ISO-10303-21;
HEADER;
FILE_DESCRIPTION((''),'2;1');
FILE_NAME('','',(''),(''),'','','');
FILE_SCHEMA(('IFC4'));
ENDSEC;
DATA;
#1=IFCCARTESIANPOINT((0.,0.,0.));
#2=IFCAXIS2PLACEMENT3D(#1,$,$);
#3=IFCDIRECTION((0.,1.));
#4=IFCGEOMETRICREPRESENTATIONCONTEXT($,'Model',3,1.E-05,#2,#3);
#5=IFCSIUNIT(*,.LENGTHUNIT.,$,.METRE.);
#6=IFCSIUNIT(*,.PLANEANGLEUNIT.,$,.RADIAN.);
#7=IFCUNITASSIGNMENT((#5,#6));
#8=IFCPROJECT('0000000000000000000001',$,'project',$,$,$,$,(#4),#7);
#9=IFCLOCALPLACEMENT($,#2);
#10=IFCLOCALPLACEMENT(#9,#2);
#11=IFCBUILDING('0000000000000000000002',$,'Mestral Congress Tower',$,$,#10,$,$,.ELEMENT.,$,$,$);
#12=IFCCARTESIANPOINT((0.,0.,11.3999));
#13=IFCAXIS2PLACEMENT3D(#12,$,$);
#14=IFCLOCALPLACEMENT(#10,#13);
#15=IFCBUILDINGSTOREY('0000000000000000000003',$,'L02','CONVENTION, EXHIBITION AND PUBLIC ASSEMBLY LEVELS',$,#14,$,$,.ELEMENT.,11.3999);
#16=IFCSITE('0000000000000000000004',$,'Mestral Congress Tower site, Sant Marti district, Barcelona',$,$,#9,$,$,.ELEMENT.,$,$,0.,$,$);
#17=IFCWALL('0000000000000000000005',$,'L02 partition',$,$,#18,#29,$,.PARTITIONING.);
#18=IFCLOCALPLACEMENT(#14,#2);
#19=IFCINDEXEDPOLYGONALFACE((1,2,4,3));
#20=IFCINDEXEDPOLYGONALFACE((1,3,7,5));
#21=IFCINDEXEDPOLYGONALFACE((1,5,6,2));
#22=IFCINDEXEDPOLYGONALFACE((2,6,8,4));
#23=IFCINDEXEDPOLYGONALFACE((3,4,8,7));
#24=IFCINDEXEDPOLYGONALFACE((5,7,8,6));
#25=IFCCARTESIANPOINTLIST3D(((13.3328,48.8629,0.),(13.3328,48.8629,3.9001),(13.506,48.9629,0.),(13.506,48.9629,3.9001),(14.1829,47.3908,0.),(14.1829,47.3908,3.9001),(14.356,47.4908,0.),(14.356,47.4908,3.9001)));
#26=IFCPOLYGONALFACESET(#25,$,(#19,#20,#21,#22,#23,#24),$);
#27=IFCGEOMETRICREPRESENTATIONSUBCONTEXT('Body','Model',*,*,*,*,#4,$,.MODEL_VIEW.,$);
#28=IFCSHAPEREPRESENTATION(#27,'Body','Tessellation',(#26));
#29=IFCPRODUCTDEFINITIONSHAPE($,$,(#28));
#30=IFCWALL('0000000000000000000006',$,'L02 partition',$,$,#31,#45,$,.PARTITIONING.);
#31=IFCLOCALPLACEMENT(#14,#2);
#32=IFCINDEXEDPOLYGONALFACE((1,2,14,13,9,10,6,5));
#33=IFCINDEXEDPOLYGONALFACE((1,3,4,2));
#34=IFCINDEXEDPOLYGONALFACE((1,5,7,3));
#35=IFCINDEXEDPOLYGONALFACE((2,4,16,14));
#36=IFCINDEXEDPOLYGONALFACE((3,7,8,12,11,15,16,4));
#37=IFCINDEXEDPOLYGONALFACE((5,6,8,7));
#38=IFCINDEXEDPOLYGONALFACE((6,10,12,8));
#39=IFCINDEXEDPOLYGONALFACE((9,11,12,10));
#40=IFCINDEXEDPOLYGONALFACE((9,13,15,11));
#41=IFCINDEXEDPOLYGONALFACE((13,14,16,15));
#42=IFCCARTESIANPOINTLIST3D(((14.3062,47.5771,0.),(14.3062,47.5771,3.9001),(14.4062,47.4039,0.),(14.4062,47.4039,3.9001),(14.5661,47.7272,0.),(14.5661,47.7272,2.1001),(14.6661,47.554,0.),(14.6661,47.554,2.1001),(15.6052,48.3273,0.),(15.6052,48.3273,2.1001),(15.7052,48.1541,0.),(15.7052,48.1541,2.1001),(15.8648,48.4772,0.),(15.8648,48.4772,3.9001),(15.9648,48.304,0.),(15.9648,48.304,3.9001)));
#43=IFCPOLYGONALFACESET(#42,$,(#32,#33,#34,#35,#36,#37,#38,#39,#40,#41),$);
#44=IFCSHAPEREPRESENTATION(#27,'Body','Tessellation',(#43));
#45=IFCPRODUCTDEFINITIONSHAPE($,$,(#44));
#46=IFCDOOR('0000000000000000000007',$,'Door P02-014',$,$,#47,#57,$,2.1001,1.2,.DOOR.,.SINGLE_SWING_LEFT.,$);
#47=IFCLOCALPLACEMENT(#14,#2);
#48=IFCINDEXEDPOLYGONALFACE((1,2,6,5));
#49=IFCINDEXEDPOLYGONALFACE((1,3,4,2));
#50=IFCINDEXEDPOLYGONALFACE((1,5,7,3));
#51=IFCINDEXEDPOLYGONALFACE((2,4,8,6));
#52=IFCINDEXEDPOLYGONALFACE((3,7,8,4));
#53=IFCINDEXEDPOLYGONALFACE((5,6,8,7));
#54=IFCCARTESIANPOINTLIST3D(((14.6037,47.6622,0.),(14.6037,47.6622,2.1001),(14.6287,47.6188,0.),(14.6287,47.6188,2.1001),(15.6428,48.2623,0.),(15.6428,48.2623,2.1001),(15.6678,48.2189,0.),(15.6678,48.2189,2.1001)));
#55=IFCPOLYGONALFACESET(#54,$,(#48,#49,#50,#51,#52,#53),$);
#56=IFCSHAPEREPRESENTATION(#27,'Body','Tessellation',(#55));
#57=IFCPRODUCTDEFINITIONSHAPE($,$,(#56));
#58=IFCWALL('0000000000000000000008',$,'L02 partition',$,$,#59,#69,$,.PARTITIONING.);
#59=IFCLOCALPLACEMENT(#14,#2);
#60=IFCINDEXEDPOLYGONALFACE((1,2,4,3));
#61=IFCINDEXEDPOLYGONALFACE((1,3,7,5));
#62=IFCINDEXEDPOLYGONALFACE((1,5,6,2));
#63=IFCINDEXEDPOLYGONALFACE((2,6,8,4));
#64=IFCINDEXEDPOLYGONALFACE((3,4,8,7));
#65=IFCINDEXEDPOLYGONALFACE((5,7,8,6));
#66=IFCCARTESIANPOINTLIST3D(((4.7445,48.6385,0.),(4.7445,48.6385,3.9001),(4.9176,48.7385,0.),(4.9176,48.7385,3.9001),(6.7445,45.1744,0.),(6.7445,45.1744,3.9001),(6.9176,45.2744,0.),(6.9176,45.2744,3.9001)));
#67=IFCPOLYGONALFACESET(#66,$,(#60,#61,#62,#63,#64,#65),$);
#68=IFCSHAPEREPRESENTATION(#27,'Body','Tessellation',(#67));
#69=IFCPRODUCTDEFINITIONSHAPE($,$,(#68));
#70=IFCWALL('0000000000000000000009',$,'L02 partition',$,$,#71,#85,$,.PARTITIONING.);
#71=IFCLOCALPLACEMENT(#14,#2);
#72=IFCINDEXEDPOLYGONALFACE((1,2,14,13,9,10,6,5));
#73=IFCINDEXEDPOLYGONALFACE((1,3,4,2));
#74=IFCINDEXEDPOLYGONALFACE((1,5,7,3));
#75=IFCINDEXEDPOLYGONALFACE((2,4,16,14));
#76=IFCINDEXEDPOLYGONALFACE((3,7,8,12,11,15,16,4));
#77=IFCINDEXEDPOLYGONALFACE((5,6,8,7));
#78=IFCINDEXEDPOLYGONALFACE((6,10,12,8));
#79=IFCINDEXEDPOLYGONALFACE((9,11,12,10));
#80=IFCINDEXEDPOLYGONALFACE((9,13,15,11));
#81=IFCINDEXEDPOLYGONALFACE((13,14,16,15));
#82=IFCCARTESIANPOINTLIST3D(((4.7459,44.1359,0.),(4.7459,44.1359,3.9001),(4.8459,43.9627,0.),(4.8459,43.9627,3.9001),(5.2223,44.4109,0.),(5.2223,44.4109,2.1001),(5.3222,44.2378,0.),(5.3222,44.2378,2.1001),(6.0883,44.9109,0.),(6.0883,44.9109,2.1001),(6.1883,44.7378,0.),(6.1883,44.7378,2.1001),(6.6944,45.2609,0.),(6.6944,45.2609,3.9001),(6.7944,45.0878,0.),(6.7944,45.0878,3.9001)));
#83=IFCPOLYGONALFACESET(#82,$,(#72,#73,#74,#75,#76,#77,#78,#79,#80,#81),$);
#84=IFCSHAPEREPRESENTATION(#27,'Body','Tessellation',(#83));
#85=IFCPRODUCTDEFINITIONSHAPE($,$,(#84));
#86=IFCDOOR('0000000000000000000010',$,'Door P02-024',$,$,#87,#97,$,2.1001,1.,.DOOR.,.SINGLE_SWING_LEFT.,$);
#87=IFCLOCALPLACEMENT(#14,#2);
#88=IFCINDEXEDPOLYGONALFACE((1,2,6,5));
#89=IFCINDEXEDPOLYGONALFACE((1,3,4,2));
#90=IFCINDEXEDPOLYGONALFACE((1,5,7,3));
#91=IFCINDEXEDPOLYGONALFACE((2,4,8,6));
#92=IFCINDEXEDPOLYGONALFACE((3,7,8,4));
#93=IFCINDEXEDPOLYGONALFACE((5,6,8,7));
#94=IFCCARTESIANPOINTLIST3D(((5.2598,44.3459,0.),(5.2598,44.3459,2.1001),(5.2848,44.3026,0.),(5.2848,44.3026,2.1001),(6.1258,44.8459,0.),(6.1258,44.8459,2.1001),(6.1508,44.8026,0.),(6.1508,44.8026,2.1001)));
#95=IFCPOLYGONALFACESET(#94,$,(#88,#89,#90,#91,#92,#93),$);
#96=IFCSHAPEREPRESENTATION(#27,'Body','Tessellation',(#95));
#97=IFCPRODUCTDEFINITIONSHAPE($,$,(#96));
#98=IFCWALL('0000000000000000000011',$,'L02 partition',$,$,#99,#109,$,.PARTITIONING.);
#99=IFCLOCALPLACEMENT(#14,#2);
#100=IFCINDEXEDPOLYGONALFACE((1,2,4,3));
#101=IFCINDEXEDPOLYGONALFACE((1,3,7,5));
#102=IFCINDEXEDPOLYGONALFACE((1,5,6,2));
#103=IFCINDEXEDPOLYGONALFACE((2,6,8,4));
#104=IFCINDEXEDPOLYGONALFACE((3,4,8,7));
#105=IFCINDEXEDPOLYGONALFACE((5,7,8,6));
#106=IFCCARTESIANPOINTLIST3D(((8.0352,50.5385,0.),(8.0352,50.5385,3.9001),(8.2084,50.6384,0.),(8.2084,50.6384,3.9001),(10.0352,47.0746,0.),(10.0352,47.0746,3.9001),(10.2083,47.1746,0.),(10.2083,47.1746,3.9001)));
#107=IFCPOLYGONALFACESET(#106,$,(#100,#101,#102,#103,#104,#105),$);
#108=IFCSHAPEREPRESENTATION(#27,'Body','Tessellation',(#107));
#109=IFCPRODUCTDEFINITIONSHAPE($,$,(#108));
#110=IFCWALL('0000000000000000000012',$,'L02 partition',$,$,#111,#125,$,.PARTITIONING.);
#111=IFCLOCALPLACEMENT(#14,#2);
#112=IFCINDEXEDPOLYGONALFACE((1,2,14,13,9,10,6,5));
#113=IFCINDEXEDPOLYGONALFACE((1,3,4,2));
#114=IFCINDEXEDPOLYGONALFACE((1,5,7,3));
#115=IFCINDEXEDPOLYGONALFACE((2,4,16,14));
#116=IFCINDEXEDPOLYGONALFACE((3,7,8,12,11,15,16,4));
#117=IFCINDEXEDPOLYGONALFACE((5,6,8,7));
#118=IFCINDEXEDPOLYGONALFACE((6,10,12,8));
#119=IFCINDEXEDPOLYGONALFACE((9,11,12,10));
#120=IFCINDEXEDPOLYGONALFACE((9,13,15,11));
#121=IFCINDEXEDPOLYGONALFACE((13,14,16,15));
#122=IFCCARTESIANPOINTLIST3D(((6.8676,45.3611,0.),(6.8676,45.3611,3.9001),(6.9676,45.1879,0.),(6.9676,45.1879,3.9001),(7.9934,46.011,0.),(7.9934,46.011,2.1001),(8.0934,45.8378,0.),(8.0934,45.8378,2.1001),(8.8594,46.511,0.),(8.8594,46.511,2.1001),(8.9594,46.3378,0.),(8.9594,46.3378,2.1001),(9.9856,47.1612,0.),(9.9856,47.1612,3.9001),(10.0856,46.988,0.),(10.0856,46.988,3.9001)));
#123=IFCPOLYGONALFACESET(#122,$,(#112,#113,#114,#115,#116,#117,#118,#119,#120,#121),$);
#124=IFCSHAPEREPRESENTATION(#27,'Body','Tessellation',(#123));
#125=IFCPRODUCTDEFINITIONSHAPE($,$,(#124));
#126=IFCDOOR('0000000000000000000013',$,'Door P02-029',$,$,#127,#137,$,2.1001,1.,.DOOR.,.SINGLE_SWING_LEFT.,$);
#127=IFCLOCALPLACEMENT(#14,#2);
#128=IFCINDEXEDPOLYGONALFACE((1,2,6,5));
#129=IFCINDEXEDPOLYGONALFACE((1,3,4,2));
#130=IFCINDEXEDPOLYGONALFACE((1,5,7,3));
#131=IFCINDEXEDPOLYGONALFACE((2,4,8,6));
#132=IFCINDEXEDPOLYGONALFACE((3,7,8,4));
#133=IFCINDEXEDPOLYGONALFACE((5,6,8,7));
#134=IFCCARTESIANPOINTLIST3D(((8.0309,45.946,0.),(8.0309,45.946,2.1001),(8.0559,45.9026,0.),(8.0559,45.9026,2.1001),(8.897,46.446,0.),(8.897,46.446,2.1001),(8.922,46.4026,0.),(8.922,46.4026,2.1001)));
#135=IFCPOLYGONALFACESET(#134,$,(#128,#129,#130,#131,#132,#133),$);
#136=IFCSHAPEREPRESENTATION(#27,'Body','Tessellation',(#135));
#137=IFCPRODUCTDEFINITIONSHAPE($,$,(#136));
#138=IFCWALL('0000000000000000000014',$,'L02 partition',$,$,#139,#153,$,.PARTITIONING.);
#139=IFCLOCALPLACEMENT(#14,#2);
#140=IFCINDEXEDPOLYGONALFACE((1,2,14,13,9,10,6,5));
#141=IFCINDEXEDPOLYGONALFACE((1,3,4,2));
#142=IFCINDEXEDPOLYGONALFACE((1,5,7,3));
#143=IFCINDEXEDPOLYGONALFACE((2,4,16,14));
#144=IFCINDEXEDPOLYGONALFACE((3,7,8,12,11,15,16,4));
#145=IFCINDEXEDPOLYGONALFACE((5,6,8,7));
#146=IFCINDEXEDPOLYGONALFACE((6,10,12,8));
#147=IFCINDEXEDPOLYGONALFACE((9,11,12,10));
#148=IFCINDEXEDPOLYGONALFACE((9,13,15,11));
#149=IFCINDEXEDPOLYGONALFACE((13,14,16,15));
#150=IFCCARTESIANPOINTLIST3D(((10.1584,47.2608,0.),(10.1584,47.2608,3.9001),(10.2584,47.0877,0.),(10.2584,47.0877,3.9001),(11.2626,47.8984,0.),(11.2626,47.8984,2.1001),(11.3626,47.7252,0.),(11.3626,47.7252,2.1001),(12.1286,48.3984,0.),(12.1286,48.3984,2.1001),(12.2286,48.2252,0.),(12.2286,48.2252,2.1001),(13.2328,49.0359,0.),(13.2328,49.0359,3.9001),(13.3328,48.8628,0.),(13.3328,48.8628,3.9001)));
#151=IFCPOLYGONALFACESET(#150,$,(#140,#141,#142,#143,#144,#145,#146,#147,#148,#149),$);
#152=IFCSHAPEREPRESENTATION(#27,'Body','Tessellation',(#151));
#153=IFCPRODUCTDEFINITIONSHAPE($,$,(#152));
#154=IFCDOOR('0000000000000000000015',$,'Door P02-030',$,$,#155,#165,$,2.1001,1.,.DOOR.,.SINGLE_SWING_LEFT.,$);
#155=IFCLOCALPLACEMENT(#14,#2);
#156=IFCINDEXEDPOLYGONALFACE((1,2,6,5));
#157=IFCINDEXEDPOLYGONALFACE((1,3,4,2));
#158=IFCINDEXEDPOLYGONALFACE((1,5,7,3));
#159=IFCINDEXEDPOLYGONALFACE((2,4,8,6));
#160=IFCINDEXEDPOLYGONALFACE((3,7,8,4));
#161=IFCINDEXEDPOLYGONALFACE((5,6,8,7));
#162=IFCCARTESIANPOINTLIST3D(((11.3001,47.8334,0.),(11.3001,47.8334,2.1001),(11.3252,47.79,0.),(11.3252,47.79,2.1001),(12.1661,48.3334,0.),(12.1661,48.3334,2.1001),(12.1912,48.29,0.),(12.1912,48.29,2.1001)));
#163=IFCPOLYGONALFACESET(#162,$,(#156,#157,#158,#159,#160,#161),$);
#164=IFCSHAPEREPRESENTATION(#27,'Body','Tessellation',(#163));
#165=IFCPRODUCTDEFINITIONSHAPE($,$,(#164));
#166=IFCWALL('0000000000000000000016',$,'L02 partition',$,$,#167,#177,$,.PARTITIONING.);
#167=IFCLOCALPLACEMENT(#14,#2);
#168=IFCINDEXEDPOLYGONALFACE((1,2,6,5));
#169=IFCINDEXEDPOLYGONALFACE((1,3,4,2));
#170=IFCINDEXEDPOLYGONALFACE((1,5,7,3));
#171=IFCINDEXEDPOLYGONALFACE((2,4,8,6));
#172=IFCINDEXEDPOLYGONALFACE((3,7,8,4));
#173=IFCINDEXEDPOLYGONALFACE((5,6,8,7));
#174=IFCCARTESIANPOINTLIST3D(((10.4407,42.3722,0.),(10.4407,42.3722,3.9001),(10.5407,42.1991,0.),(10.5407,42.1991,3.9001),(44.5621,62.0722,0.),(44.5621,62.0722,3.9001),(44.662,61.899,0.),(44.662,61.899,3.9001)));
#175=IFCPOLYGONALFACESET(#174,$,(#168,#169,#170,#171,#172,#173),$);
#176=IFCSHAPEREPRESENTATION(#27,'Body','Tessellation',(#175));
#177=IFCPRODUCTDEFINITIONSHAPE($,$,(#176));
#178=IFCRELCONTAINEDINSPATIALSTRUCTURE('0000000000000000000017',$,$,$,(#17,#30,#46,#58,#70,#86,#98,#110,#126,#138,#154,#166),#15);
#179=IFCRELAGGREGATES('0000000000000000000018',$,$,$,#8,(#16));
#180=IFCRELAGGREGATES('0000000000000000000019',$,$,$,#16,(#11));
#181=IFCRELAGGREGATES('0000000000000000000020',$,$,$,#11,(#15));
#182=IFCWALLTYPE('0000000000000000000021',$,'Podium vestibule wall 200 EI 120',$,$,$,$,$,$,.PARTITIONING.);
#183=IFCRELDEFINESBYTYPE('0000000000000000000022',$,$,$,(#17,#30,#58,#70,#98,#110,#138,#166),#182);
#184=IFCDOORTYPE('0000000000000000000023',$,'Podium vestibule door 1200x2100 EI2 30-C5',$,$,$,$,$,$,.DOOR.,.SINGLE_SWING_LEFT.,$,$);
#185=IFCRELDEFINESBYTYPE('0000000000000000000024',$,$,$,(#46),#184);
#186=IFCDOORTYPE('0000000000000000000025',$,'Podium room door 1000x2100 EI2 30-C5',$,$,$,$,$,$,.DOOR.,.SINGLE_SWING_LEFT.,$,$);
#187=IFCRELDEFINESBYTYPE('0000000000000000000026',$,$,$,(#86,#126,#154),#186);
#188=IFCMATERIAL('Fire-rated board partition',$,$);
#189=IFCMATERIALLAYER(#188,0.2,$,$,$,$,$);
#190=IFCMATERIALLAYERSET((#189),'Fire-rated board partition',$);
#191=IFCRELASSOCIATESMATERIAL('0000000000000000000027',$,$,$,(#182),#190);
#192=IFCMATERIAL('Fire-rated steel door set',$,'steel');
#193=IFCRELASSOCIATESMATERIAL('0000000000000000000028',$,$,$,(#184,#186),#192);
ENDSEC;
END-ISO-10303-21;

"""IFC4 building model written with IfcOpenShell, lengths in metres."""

from ifc_helpers import new_model, si_unit, direction, frame, frame_2d, origin, place, context, subcontext, project, spatial, rectangle, extrude, material, layer, layer_set, type_object, element, fill, save


model = new_model("IFC4")

# Units and contexts
model_context = context("Model", 3, precision=1e-05, world=origin(), true_north=direction((0.0, 1.0)))
body_context = subcontext(model_context, "Body", "Model", "MODEL_VIEW")
ifc_project = project(units=[si_unit("LENGTHUNIT", "METRE"), si_unit("PLANEANGLEUNIT", "RADIAN")], contexts=[model_context])

# Site, building, storey
site_placement = place(None, origin())
site = spatial("IfcSite", under=ifc_project, at=site_placement, Name="Mestral Congress Tower site, Sant Marti district, Barcelona", CompositionType="ELEMENT", RefElevation=0.0)
building_placement = place(site_placement, origin())
building = spatial("IfcBuilding", under=site, at=building_placement, Name="Mestral Congress Tower", CompositionType="ELEMENT")
storey_placement = place(building_placement, frame((0.0, 0.0, 11.3999)))
storey = spatial("IfcBuildingStorey", under=building, at=storey_placement, Name="L02", Description="CONVENTION, EXHIBITION AND PUBLIC ASSEMBLY LEVELS", CompositionType="ELEMENT", Elevation=11.3999)

# Shared definitions
ifc_material_1 = material(Name="Fire-rated steel door set", Category="steel")

# Wall
ifc_material_2 = material(Name="Fire-rated board partition")
ifc_layer_1 = layer(ifc_material_2, 0.2)
ifc_layer_set_1 = layer_set([ifc_layer_1], Name="Fire-rated board partition")
wall_type_1 = type_object("IfcWallType", Name="Podium vestibule wall 200 EI 120", PredefinedType="PARTITIONING", material=ifc_layer_set_1)
wall_1_placement = place(storey_placement, frame((14.2695, 47.4407, 0.0), z_axis=(0.0, 0.0, 1.0), x_axis=(-0.500062, 0.865989, 0.0)))
element("IfcWall", 1, at=wall_1_placement, inside=storey, type_object=wall_type_1, Name="L02 partition", PredefinedType="PARTITIONING", context=body_context, shape_type="SweptSolid", body=[
    extrude(rectangle(XDim=1.7, YDim=0.2, at=frame_2d((0.8501, 0.0))), origin(), (0.0, 0.0, 1.0), 3.9001),
])

# Wall, opening, door
wall_2_placement = place(storey_placement, frame((14.3562, 47.4905, 0.0), z_axis=(0.0, 0.0, 1.0), x_axis=(0.865955, 0.500122, 0.0)))
wall_2 = element("IfcWall", 2, at=wall_2_placement, inside=storey, type_object=wall_type_1, Name="L02 partition", PredefinedType="PARTITIONING", context=body_context, shape_type="SweptSolid", body=[
    extrude(rectangle(XDim=1.7998, YDim=0.2, at=frame_2d((0.8999, 0.0))), origin(), (0.0, 0.0, 1.0), 3.9001),
])
opening_1_placement = place(wall_2_placement, frame((0.3, 0.0, 0.0)))
opening_1 = element("IfcOpeningElement", 3, at=opening_1_placement, cuts=wall_2, PredefinedType="OPENING", context=body_context, shape_type="SweptSolid", body=[
    extrude(rectangle(XDim=1.2, YDim=2.1001, at=frame_2d((0.6001, 1.05))), frame((0.0, 0.1099, 0.0), z_axis=(0.0, -1.0, 0.0), x_axis=(1.0, 0.0, 0.0)), (0.0, 0.0, 1.0), 0.22),
])
door_type_1 = type_object("IfcDoorType", Name="Podium vestibule door 1200x2100 EI2 30-C5", OperationType="SINGLE_SWING_LEFT", PredefinedType="DOOR", material=ifc_material_1)
door_1_placement = place(opening_1_placement, origin())
door_1 = element("IfcDoor", 4, at=door_1_placement, inside=storey, type_object=door_type_1, Name="Door P02-014", OperationType="SINGLE_SWING_LEFT", OverallHeight=2.1001, OverallWidth=1.2, PredefinedType="DOOR", context=body_context, shape_type="SweptSolid", body=[
    extrude(rectangle(XDim=1.2, YDim=2.1001, at=frame_2d((0.6001, 1.05))), frame((0.0, 0.0249, 0.0), z_axis=(0.0, -1.0, 0.0), x_axis=(1.0, 0.0, 0.0)), (0.0, 0.0, 1.0), 0.05),
])
fill(opening_1, door_1)

# Wall
wall_3_placement = place(storey_placement, frame((6.8311, 45.2244, 0.0), z_axis=(0.0, 0.0, 1.0), x_axis=(-0.499999, 0.866026, 0.0)))
element("IfcWall", 5, at=wall_3_placement, inside=storey, type_object=wall_type_1, Name="L02 partition", PredefinedType="PARTITIONING", context=body_context, shape_type="SweptSolid", body=[
    extrude(rectangle(XDim=4.0, YDim=0.2, at=frame_2d((2.0, 0.0))), origin(), (0.0, 0.0, 1.0), 3.9001),
])

# Wall, opening, door
wall_4_placement = place(storey_placement, frame((4.7959, 44.0493, 0.0), z_axis=(0.0, 0.0, 1.0), x_axis=(0.866018, 0.500014, 0.0)))
wall_4 = element("IfcWall", 6, at=wall_4_placement, inside=storey, type_object=wall_type_1, Name="L02 partition", PredefinedType="PARTITIONING", context=body_context, shape_type="SweptSolid", body=[
    extrude(rectangle(XDim=2.25, YDim=0.2, at=frame_2d((1.125, 0.0))), origin(), (0.0, 0.0, 1.0), 3.9001),
])
opening_2_placement = place(wall_4_placement, frame((0.55, 0.0, 0.0)))
opening_2 = element("IfcOpeningElement", 7, at=opening_2_placement, cuts=wall_4, PredefinedType="OPENING", context=body_context, shape_type="SweptSolid", body=[
    extrude(rectangle(XDim=1.0, YDim=2.1001, at=frame_2d((0.5, 1.05))), frame((0.0, 0.1099, 0.0), z_axis=(0.0, -1.0, 0.0), x_axis=(1.0, 0.0, 0.0)), (0.0, 0.0, 1.0), 0.22),
])
door_type_2 = type_object("IfcDoorType", Name="Podium room door 1000x2100 EI2 30-C5", OperationType="SINGLE_SWING_LEFT", PredefinedType="DOOR", material=ifc_material_1)
door_2_placement = place(opening_2_placement, origin())
door_2 = element("IfcDoor", 8, at=door_2_placement, inside=storey, type_object=door_type_2, Name="Door P02-024", OperationType="SINGLE_SWING_LEFT", OverallHeight=2.1001, OverallWidth=1.0, PredefinedType="DOOR", context=body_context, shape_type="SweptSolid", body=[
    extrude(rectangle(XDim=1.0, YDim=2.1001, at=frame_2d((0.5, 1.05))), frame((0.0, 0.0249, 0.0), z_axis=(0.0, -1.0, 0.0), x_axis=(1.0, 0.0, 0.0)), (0.0, 0.0, 1.0), 0.05),
])
fill(opening_2, door_2)

# Wall
wall_5_placement = place(storey_placement, frame((10.1218, 47.1245, 0.0), z_axis=(0.0, 0.0, 1.0), x_axis=(-0.500025, 0.866011, 0.0)))
element("IfcWall", 9, at=wall_5_placement, inside=storey, type_object=wall_type_1, Name="L02 partition", PredefinedType="PARTITIONING", context=body_context, shape_type="SweptSolid", body=[
    extrude(rectangle(XDim=3.9998, YDim=0.2, at=frame_2d((2.0, 0.0))), origin(), (0.0, 0.0, 1.0), 3.9001),
])

# Walls, openings, doors
wall_6_placement = place(storey_placement, frame((6.9175, 45.2744, 0.0), z_axis=(0.0, 0.0, 1.0), x_axis=(0.866035, 0.499983, 0.0)))
wall_6 = element("IfcWall", 10, at=wall_6_placement, inside=storey, type_object=wall_type_1, Name="L02 partition", PredefinedType="PARTITIONING", context=body_context, shape_type="SweptSolid", body=[
    extrude(rectangle(XDim=3.6003, YDim=0.2, at=frame_2d((1.8003, 0.0))), origin(), (0.0, 0.0, 1.0), 3.9001),
])
opening_3_placement = place(wall_6_placement, frame((1.3, 0.0, 0.0)))
opening_3 = element("IfcOpeningElement", 11, at=opening_3_placement, cuts=wall_6, PredefinedType="OPENING", context=body_context, shape_type="SweptSolid", body=[
    extrude(rectangle(XDim=1.0, YDim=2.1001, at=frame_2d((0.5, 1.05))), frame((0.0, 0.1099, 0.0), z_axis=(0.0, -1.0, 0.0), x_axis=(1.0, 0.0, 0.0)), (0.0, 0.0, 1.0), 0.22),
])
door_3_placement = place(opening_3_placement, origin())
door_3 = element("IfcDoor", 12, at=door_3_placement, inside=storey, type_object=door_type_2, Name="Door P02-029", OperationType="SINGLE_SWING_LEFT", OverallHeight=2.1001, OverallWidth=1.0, PredefinedType="DOOR", context=body_context, shape_type="SweptSolid", body=[
    extrude(rectangle(XDim=1.0, YDim=2.1001, at=frame_2d((0.5, 1.05))), frame((0.0, 0.0249, 0.0), z_axis=(0.0, -1.0, 0.0), x_axis=(1.0, 0.0, 0.0)), (0.0, 0.0, 1.0), 0.05),
])
fill(opening_3, door_3)
wall_7_placement = place(storey_placement, frame((10.2085, 47.1743, 0.0), z_axis=(0.0, 0.0, 1.0), x_axis=(0.866013, 0.500022, 0.0)))
wall_7 = element("IfcWall", 13, at=wall_7_placement, inside=storey, type_object=wall_type_1, Name="L02 partition", PredefinedType="PARTITIONING", context=body_context, shape_type="SweptSolid", body=[
    extrude(rectangle(XDim=3.55, YDim=0.2, at=frame_2d((1.7749, 0.0))), origin(), (0.0, 0.0, 1.0), 3.9001),
])
opening_4_placement = place(wall_7_placement, frame((1.2749, 0.0, 0.0)))
opening_4 = element("IfcOpeningElement", 14, at=opening_4_placement, cuts=wall_7, PredefinedType="OPENING", context=body_context, shape_type="SweptSolid", body=[
    extrude(rectangle(XDim=1.0, YDim=2.1001, at=frame_2d((0.5, 1.05))), frame((0.0, 0.1099, 0.0), z_axis=(0.0, -1.0, 0.0), x_axis=(1.0, 0.0, 0.0)), (0.0, 0.0, 1.0), 0.22),
])
door_4_placement = place(opening_4_placement, origin())
door_4 = element("IfcDoor", 15, at=door_4_placement, inside=storey, type_object=door_type_2, Name="Door P02-030", OperationType="SINGLE_SWING_LEFT", OverallHeight=2.1001, OverallWidth=1.0, PredefinedType="DOOR", context=body_context, shape_type="SweptSolid", body=[
    extrude(rectangle(XDim=1.0, YDim=2.1001, at=frame_2d((0.5, 1.05))), frame((0.0, 0.0249, 0.0), z_axis=(0.0, -1.0, 0.0), x_axis=(1.0, 0.0, 0.0)), (0.0, 0.0, 1.0), 0.05),
])
fill(opening_4, door_4)

# Wall
wall_8_placement = place(storey_placement, frame((10.4907, 42.2856, 0.0), z_axis=(0.0, 0.0, 1.0), x_axis=(0.866026, 0.5, 0.0)))
element("IfcWall", 16, at=wall_8_placement, inside=storey, type_object=wall_type_1, Name="L02 partition", PredefinedType="PARTITIONING", context=body_context, shape_type="SweptSolid", body=[
    extrude(rectangle(XDim=39.3999, YDim=0.2, at=frame_2d((19.7, 0.0))), origin(), (0.0, 0.0, 1.0), 3.9001),
])

save(model, "model.ifc")
